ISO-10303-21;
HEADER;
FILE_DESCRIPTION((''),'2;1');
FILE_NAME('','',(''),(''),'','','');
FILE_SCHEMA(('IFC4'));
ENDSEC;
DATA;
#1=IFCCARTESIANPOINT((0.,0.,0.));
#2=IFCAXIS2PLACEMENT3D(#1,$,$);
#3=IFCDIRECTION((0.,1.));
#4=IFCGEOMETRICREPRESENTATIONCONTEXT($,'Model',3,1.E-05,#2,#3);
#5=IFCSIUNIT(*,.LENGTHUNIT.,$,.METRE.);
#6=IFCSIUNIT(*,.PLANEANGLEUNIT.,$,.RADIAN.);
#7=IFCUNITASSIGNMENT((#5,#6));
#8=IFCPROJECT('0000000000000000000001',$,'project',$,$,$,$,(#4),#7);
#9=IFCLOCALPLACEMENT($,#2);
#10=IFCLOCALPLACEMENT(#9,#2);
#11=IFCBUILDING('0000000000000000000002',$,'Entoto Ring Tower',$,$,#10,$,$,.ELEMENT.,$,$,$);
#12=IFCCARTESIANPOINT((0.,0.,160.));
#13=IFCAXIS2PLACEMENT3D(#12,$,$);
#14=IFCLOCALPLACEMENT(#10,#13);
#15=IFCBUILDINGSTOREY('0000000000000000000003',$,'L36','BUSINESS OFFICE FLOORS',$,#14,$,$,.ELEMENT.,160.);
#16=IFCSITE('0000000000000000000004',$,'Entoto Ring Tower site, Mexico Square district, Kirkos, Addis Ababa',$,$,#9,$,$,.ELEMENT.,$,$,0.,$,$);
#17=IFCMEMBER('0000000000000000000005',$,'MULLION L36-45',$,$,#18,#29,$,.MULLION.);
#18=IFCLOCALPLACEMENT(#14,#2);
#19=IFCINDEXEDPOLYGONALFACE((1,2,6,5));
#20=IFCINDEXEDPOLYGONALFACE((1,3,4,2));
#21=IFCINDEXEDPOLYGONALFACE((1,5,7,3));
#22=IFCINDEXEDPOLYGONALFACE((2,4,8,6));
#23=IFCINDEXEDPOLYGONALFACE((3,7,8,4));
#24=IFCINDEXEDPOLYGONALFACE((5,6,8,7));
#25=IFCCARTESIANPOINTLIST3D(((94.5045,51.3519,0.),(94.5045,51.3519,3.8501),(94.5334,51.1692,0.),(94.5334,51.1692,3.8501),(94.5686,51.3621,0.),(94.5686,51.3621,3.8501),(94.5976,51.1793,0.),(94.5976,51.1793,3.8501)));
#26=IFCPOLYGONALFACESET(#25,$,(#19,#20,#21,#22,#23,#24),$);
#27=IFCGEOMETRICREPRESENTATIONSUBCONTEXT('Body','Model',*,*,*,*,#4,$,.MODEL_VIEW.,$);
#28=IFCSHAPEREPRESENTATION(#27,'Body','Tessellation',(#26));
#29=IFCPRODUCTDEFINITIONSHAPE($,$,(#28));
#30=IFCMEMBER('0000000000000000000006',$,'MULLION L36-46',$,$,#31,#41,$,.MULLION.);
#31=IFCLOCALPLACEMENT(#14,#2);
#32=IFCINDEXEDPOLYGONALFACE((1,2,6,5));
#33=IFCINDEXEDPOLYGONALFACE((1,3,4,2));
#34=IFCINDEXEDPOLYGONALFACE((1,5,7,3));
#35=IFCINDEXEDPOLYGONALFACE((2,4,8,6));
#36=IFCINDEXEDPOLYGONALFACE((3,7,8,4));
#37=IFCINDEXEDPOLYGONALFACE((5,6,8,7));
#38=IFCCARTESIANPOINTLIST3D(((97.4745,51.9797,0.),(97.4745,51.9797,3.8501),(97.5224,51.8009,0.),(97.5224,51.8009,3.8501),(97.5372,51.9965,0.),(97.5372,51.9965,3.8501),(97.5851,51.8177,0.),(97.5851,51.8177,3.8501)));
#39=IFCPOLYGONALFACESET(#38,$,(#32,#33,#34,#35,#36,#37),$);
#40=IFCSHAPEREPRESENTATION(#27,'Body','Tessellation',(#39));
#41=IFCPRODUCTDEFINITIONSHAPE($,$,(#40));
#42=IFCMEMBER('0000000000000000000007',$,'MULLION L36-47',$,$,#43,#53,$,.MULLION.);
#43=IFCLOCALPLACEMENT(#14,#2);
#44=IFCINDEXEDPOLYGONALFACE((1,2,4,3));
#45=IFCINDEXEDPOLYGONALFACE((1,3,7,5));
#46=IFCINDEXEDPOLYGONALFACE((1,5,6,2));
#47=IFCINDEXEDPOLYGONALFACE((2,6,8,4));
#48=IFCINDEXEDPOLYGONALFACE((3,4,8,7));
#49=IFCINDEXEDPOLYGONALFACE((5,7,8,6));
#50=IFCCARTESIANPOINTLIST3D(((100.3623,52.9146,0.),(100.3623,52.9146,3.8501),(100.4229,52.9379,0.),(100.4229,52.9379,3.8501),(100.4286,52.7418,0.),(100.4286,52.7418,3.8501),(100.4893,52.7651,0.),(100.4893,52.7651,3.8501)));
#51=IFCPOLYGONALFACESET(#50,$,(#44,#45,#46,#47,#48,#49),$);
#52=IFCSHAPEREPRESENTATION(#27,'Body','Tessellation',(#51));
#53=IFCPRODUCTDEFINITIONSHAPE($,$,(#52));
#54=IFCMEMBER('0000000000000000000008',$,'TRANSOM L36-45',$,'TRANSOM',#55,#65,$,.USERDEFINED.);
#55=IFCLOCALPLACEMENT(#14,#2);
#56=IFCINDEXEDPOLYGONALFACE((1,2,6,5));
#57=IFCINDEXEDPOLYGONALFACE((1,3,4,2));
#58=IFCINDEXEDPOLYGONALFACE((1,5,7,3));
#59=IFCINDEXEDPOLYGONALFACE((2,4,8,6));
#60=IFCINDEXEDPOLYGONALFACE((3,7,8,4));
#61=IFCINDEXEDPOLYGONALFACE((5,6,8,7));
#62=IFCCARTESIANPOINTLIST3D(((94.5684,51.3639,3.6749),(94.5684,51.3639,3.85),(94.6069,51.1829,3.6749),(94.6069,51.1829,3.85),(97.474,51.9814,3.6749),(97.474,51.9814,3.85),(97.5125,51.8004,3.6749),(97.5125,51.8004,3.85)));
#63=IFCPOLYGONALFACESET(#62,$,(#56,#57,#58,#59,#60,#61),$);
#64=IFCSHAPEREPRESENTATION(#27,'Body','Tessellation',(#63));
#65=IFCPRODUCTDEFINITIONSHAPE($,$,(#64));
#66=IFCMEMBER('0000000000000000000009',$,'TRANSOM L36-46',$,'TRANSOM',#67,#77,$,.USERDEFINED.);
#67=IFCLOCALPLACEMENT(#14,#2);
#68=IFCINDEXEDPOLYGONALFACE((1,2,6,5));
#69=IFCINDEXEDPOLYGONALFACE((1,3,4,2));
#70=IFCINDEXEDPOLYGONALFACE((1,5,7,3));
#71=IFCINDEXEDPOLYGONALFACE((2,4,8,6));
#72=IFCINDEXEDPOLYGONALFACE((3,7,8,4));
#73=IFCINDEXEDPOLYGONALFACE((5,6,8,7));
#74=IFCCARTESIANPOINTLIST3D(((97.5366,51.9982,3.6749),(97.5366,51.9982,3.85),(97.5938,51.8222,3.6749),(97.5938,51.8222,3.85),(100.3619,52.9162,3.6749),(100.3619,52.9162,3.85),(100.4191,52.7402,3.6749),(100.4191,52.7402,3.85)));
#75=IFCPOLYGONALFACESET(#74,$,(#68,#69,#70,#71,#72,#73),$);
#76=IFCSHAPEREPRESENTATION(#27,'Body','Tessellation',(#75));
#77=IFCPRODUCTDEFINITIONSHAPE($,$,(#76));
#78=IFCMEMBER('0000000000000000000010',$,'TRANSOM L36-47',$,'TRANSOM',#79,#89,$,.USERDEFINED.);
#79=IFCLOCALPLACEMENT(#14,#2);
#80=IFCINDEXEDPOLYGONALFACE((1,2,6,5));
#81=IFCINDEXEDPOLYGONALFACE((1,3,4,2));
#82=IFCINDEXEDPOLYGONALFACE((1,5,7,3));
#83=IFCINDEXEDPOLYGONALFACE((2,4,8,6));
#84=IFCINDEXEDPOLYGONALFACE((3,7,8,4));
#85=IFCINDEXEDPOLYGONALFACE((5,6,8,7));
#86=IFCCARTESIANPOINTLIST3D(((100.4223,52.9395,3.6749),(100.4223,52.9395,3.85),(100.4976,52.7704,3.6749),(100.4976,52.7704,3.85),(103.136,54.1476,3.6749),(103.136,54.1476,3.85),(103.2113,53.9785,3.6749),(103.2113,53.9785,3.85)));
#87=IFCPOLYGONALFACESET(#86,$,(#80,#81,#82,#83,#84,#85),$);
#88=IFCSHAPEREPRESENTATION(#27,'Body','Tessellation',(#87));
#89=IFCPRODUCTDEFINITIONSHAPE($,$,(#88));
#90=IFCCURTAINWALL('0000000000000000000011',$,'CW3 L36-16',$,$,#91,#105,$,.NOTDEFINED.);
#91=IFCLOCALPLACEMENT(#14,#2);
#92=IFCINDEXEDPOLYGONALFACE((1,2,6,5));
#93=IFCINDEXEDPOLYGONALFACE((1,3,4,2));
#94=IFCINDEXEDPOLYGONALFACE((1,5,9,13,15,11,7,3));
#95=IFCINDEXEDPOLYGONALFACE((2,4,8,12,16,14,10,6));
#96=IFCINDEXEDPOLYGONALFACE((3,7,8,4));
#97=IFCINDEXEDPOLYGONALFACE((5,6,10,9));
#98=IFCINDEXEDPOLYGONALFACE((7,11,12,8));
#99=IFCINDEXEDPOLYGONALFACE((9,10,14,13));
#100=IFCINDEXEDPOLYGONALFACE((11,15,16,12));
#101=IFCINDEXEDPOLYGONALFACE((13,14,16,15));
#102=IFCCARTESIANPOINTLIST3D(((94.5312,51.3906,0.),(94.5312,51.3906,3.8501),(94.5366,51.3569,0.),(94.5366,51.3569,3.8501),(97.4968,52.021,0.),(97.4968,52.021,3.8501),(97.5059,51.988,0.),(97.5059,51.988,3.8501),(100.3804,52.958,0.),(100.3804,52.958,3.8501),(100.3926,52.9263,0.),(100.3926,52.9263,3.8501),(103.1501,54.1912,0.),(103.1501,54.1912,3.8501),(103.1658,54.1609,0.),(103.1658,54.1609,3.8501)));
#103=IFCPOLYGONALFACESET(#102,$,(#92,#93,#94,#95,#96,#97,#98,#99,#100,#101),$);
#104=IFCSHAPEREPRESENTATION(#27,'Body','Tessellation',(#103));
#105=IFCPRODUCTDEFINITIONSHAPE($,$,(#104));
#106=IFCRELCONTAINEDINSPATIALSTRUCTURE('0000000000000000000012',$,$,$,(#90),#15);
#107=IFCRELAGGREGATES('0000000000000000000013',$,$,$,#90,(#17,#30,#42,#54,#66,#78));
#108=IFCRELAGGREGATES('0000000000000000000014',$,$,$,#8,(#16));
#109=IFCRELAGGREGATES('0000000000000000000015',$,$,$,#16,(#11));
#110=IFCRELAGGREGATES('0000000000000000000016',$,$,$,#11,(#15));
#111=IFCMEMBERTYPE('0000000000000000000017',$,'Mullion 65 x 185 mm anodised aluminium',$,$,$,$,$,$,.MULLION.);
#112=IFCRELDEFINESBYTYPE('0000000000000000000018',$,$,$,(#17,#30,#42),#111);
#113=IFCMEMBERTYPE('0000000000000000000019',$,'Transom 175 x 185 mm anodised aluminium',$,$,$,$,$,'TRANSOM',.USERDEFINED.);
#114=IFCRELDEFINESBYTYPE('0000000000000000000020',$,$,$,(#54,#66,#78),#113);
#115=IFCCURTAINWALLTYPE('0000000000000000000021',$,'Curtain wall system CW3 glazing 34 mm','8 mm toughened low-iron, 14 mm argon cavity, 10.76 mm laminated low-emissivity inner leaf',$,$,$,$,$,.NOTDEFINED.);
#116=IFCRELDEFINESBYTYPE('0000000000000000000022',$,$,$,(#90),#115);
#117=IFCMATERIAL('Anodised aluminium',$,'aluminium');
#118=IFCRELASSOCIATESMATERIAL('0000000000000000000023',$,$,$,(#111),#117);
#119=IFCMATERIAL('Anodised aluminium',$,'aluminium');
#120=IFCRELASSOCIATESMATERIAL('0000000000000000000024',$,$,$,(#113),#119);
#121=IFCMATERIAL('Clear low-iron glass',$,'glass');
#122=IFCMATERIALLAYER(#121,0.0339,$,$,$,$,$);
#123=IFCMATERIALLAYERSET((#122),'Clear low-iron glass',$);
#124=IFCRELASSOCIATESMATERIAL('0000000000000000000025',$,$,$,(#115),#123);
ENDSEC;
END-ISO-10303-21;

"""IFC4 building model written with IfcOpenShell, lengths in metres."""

from ifc_helpers import new_model, si_unit, direction, frame, origin, origin_2d, place, context, subcontext, project, spatial, polyline, rectangle, outline, extrude, material, layer, layer_set, material_profile, profile_set, type_object, element, aggregate, save


model = new_model("IFC4")

# Units and contexts
model_context = context("Model", 3, precision=1e-05, world=origin(), true_north=direction((0.0, 1.0)))
body_context = subcontext(model_context, "Body", "Model", "MODEL_VIEW")
ifc_project = project(units=[si_unit("LENGTHUNIT", "METRE"), si_unit("PLANEANGLEUNIT", "RADIAN")], contexts=[model_context])

# Members
ifc_material_1 = material(Name="Anodised aluminium", Category="aluminium")
ifc_material_profile_1 = material_profile(ifc_material_1, rectangle(XDim=0.0649, YDim=0.1851, at=origin_2d()), Name="Mullion 65 x 185 mm anodised aluminium")
ifc_profile_set_1 = profile_set([ifc_material_profile_1], Name="Anodised aluminium")
member_type_1 = type_object("IfcMemberType", Name="Mullion 65 x 185 mm anodised aluminium", PredefinedType="MULLION", material=ifc_profile_set_1)
site_placement = place(None, origin())
building_placement = place(site_placement, origin())
storey_placement = place(building_placement, frame((0.0, 0.0, 160.0)))
member_1_placement = place(storey_placement, frame((94.551, 51.2656, 0.0), z_axis=(0.0, 0.0, 1.0), x_axis=(0.987688, 0.156434, 0.0)))
member_1 = element("IfcMember", 1, at=member_1_placement, type_object=member_type_1, Name="MULLION L36-45", PredefinedType="MULLION", context=body_context, shape_type="SweptSolid", body=[
    extrude(rectangle(XDim=0.0649, YDim=0.1851, at=origin_2d()), origin(), (0.0, 0.0, 1.0), 3.8501),
])
member_2_placement = place(storey_placement, frame((97.5298, 51.8987, 0.0), z_axis=(0.0, 0.0, 1.0), x_axis=(0.965926, 0.258819, 0.0)))
member_2 = element("IfcMember", 2, at=member_2_placement, type_object=member_type_1, Name="MULLION L36-46", PredefinedType="MULLION", context=body_context, shape_type="SweptSolid", body=[
    extrude(rectangle(XDim=0.0649, YDim=0.1851, at=origin_2d()), origin(), (0.0, 0.0, 1.0), 3.8501),
])
member_3_placement = place(storey_placement, frame((100.4258, 52.8398, 0.0), z_axis=(0.0, 0.0, 1.0), x_axis=(0.93358, 0.358368, 0.0)))
member_3 = element("IfcMember", 3, at=member_3_placement, type_object=member_type_1, Name="MULLION L36-47", PredefinedType="MULLION", context=body_context, shape_type="SweptSolid", body=[
    extrude(rectangle(XDim=0.0649, YDim=0.1851, at=origin_2d()), origin(), (0.0, 0.0, 1.0), 3.8501),
])
ifc_material_2 = material(Name="Anodised aluminium", Category="aluminium")
ifc_material_profile_2 = material_profile(ifc_material_2, rectangle(XDim=0.1851, YDim=0.175, at=origin_2d()), Name="Transom 175 x 185 mm anodised aluminium")
ifc_profile_set_2 = profile_set([ifc_material_profile_2], Name="Anodised aluminium")
member_type_2 = type_object("IfcMemberType", Name="Transom 175 x 185 mm anodised aluminium", ElementType="TRANSOM", PredefinedType="USERDEFINED", material=ifc_profile_set_2)
member_4_placement = place(storey_placement, frame((94.5876, 51.2734, 3.7625), z_axis=(0.978158, 0.207862, 0.0), x_axis=(-0.207862, 0.978158, 0.0)))
member_4 = element("IfcMember", 4, at=member_4_placement, type_object=member_type_2, Name="TRANSOM L36-45", ObjectType="TRANSOM", PredefinedType="USERDEFINED", context=body_context, shape_type="SweptSolid", body=[
    extrude(rectangle(XDim=0.1851, YDim=0.175, at=origin_2d()), origin(), (0.0, 0.0, 1.0), 2.9705),
])
member_5_placement = place(storey_placement, frame((97.5652, 51.9102, 3.7625), z_axis=(0.951056, 0.309019, 0.0), x_axis=(-0.309019, 0.951056, 0.0)))
member_5 = element("IfcMember", 5, at=member_5_placement, type_object=member_type_2, Name="TRANSOM L36-46", ObjectType="TRANSOM", PredefinedType="USERDEFINED", context=body_context, shape_type="SweptSolid", body=[
    extrude(rectangle(XDim=0.1851, YDim=0.175, at=origin_2d()), origin(), (0.0, 0.0, 1.0), 2.9707),
])
member_6_placement = place(storey_placement, frame((100.46, 52.855, 3.7625), z_axis=(0.913567, 0.406687, 0.0), x_axis=(-0.406687, 0.913567, 0.0)))
member_6 = element("IfcMember", 6, at=member_6_placement, type_object=member_type_2, Name="TRANSOM L36-47", ObjectType="TRANSOM", PredefinedType="USERDEFINED", context=body_context, shape_type="SweptSolid", body=[
    extrude(rectangle(XDim=0.1851, YDim=0.175, at=origin_2d()), origin(), (0.0, 0.0, 1.0), 2.9705),
])

# Site, building, storey
site = spatial("IfcSite", under=ifc_project, at=site_placement, Name="Entoto Ring Tower site, Mexico Square district, Kirkos, Addis Ababa", CompositionType="ELEMENT", RefElevation=0.0)
building = spatial("IfcBuilding", under=site, at=building_placement, Name="Entoto Ring Tower", CompositionType="ELEMENT")
storey = spatial("IfcBuildingStorey", under=building, at=storey_placement, Name="L36", Description="BUSINESS OFFICE FLOORS", CompositionType="ELEMENT", Elevation=160.0)

# Curtain wall
ifc_material_3 = material(Name="Clear low-iron glass", Category="glass")
ifc_layer = layer(ifc_material_3, 0.0339)
ifc_layer_set = layer_set([ifc_layer], Name="Clear low-iron glass")
curtain_wall_type = type_object("IfcCurtainWallType", Name="Curtain wall system CW3 glazing 34 mm", Description="8 mm toughened low-iron, 14 mm argon cavity, 10.76 mm laminated low-emissivity inner leaf", PredefinedType="NOTDEFINED", material=ifc_layer_set)
curtain_wall_1_placement = place(storey_placement, origin())
curtain_wall_1 = element("IfcCurtainWall", 7, at=curtain_wall_1_placement, inside=storey, type_object=curtain_wall_type, Name="CW3 L36-16", PredefinedType="NOTDEFINED", context=body_context, shape_type="SweptSolid", body=[
    extrude(outline(polyline([(94.5366, 51.3569), (97.5059, 51.988), (100.3926, 52.9263), (103.1658, 54.1609), (103.1501, 54.1912), (100.3804, 52.958), (97.4968, 52.021), (94.5312, 51.3906), (94.5366, 51.3569)])), origin(), (0.0, 0.0, 1.0), 3.8501),
])
aggregate(curtain_wall_1, [member_1, member_2, member_3, member_4, member_5, member_6])

save(model, "model.ifc")
